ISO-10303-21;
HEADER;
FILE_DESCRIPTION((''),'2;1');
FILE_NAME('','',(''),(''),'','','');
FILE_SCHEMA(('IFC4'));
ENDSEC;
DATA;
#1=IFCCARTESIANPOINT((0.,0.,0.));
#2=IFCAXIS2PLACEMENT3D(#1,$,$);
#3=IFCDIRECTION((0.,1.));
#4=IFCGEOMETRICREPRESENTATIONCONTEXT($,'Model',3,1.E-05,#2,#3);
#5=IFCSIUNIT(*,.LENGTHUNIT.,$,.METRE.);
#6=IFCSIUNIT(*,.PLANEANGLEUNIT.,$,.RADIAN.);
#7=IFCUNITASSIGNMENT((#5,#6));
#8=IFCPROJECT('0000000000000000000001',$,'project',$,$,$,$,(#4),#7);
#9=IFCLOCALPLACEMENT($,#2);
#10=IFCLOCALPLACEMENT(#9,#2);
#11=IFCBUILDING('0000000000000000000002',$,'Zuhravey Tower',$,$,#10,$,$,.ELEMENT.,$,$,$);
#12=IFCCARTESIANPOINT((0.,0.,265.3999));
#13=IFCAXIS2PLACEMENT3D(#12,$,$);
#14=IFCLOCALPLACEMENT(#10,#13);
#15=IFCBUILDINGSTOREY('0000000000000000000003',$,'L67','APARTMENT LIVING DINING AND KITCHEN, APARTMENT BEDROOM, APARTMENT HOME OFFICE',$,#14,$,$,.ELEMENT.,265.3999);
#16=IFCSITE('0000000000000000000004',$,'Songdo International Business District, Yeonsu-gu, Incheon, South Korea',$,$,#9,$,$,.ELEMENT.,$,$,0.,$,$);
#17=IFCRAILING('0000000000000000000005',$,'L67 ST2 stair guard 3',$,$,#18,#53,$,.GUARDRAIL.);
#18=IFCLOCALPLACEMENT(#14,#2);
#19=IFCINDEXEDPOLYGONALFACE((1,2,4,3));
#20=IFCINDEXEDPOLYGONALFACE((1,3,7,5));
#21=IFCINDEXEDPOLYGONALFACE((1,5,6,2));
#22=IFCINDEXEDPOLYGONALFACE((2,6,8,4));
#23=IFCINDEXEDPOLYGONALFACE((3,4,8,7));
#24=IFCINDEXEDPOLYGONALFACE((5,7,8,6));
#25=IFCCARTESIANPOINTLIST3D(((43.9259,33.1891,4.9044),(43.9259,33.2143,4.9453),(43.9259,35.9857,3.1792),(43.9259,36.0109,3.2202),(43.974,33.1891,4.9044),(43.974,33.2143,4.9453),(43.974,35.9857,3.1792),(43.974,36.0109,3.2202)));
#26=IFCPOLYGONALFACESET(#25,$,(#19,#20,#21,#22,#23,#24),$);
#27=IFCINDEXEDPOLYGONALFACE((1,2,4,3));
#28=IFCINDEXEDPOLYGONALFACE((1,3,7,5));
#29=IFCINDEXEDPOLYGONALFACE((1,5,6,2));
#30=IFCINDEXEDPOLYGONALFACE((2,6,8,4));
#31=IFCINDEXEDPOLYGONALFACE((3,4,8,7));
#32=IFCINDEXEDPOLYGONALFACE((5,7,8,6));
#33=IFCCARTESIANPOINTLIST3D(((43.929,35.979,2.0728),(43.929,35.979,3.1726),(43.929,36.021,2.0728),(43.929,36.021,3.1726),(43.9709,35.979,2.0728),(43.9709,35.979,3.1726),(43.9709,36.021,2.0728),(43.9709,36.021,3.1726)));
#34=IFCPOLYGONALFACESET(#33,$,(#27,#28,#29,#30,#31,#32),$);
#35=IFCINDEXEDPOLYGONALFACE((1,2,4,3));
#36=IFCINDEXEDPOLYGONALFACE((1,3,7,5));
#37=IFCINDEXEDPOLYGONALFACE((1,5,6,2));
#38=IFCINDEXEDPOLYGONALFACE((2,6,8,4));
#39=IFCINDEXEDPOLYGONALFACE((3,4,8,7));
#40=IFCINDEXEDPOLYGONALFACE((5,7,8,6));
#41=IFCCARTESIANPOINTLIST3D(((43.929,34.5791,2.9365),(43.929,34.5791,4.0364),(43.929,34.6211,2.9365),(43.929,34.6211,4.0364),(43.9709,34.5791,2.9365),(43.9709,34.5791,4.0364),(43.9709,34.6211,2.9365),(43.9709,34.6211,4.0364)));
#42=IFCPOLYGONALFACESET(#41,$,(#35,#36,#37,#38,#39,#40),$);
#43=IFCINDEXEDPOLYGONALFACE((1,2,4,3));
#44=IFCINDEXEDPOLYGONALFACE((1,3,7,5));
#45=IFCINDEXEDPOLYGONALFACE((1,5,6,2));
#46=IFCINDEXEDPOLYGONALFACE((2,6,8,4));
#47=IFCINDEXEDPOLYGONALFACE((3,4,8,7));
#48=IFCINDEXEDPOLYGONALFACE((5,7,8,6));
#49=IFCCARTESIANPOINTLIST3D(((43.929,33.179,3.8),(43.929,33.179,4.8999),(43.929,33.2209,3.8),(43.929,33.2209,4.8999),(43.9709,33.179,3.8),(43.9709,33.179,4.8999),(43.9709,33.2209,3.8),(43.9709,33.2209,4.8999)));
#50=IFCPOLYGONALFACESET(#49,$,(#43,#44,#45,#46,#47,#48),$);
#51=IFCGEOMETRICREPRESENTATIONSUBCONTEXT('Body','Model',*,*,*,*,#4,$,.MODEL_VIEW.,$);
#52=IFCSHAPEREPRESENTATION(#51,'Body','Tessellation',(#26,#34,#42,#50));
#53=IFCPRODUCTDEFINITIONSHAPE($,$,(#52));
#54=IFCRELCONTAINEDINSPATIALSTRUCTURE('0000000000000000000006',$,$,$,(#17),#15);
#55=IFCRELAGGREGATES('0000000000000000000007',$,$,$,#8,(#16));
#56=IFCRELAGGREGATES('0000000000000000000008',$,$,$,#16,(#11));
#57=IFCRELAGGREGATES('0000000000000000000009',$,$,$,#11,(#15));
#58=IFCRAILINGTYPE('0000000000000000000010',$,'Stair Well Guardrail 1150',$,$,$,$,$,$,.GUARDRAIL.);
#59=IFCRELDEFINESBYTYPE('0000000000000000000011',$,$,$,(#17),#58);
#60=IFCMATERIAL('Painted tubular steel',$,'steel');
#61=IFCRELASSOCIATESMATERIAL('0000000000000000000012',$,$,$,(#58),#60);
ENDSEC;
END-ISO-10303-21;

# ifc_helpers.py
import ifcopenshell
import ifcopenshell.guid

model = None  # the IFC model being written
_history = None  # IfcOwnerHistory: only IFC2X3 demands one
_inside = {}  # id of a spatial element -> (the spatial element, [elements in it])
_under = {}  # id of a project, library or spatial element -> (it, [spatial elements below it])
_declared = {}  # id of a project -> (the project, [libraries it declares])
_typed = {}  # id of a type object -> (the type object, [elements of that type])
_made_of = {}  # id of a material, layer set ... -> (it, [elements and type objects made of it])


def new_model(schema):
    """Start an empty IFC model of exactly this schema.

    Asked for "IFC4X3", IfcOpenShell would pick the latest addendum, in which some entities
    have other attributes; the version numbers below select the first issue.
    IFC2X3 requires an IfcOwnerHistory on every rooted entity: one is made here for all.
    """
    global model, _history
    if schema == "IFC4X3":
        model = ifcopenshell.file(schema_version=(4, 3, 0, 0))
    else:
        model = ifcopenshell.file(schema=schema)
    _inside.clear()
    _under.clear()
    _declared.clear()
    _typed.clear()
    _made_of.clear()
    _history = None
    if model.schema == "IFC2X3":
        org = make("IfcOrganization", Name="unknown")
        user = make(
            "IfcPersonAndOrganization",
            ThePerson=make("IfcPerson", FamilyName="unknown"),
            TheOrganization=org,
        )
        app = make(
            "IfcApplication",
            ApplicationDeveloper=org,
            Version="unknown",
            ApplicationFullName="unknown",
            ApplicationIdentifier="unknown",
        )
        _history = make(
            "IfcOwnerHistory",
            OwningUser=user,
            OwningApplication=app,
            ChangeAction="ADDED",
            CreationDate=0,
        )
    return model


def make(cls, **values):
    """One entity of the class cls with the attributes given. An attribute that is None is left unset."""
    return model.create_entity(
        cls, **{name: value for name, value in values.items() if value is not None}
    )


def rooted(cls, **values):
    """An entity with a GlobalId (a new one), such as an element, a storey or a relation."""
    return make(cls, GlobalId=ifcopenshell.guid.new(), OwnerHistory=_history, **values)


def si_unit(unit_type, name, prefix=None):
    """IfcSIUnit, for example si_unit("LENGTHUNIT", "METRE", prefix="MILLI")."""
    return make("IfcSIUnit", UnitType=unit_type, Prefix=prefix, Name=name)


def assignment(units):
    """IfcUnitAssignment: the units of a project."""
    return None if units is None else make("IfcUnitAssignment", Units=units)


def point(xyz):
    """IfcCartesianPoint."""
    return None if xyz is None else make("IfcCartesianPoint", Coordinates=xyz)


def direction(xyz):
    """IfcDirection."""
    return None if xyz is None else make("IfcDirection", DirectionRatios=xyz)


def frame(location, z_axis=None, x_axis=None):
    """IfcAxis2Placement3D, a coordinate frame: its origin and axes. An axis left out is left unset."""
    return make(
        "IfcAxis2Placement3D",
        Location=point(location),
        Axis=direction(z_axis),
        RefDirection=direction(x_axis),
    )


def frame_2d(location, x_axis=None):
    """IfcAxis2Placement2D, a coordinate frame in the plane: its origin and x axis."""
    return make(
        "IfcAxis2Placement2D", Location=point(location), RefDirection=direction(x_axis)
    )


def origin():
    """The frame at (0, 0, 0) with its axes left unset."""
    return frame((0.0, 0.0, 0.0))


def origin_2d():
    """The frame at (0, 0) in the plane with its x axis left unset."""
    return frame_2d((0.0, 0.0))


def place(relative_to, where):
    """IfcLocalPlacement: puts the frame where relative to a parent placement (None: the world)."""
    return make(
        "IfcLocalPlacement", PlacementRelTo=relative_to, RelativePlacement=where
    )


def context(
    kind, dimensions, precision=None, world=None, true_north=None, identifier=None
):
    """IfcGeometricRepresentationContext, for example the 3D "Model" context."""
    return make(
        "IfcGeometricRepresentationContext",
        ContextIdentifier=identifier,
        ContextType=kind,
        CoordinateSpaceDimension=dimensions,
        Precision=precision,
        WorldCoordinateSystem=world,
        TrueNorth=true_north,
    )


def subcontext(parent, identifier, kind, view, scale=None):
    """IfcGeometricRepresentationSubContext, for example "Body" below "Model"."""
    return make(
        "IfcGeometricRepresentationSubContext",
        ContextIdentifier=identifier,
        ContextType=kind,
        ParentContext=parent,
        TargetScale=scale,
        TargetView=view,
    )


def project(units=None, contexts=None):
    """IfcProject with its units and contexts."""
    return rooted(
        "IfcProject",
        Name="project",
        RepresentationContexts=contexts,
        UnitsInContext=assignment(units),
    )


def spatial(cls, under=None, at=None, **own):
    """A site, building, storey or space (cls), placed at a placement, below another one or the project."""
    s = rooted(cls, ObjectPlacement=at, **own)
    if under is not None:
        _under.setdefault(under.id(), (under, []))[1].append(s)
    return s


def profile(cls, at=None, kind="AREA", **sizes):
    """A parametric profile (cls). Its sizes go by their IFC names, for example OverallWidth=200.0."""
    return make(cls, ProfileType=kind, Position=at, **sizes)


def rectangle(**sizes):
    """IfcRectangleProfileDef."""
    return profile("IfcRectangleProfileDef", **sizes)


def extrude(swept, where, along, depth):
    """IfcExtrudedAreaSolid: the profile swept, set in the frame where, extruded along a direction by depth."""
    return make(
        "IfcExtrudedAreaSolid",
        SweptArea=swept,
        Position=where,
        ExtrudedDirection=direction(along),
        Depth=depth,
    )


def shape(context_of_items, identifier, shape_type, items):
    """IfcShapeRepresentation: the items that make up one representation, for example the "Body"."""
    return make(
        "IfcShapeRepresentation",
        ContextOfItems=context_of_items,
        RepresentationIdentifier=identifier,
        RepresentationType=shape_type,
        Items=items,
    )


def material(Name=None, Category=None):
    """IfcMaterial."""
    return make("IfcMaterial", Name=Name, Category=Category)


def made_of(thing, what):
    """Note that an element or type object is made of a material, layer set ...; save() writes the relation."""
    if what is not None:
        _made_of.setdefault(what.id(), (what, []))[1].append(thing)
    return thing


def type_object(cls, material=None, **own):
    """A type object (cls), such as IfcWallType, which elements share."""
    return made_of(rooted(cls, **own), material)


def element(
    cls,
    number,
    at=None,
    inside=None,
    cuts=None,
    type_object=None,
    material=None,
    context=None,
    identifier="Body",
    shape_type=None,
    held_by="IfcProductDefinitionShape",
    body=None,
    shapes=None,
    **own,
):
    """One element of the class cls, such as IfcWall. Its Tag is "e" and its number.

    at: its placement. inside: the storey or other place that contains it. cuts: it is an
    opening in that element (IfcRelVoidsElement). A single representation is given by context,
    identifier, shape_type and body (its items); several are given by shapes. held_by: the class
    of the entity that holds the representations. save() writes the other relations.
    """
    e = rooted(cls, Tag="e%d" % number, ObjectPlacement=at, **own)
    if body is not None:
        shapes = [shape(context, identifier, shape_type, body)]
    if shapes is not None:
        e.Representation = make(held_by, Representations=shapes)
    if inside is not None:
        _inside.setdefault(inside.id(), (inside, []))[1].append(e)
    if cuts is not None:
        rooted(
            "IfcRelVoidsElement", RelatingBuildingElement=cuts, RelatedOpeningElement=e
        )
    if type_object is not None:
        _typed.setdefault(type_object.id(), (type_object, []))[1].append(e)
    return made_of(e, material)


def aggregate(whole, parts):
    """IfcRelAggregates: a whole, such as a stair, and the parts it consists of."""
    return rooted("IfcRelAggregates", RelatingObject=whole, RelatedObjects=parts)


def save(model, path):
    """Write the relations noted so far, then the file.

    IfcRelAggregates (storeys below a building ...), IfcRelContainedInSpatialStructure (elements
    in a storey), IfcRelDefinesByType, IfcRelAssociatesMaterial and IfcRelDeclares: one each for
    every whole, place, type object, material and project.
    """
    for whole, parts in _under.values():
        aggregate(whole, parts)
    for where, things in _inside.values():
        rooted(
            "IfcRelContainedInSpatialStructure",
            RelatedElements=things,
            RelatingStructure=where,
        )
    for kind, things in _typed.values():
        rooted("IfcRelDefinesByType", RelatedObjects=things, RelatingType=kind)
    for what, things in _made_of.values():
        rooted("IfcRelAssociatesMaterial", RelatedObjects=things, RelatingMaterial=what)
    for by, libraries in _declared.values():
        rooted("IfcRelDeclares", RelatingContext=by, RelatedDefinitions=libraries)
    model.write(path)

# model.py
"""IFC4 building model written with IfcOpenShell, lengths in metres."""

from ifc_helpers import new_model, si_unit, direction, frame, origin, origin_2d, place, context, subcontext, project, spatial, rectangle, extrude, material, type_object, element, save


model = new_model("IFC4")

# Units and contexts
model_context = context("Model", 3, precision=1e-05, world=origin(), true_north=direction((0.0, 1.0)))
body_context = subcontext(model_context, "Body", "Model", "MODEL_VIEW")
ifc_project = project(units=[si_unit("LENGTHUNIT", "METRE"), si_unit("PLANEANGLEUNIT", "RADIAN")], contexts=[model_context])

# Site, building, storey
site_placement = place(None, origin())
site = spatial("IfcSite", under=ifc_project, at=site_placement, Name="Songdo International Business District, Yeonsu-gu, Incheon, South Korea", CompositionType="ELEMENT", RefElevation=0.0)
building_placement = place(site_placement, origin())
building = spatial("IfcBuilding", under=site, at=building_placement, Name="Zuhravey Tower", CompositionType="ELEMENT")
storey_placement = place(building_placement, frame((0.0, 0.0, 265.3999)))
storey = spatial("IfcBuildingStorey", under=building, at=storey_placement, Name="L67", Description="APARTMENT LIVING DINING AND KITCHEN, APARTMENT BEDROOM, APARTMENT HOME OFFICE", CompositionType="ELEMENT", Elevation=265.3999)

# Railing
ifc_material_1 = material(Name="Painted tubular steel", Category="steel")
railing_type_1 = type_object("IfcRailingType", Name="Stair Well Guardrail 1150", PredefinedType="GUARDRAIL", material=ifc_material_1)
railing_1_placement = place(storey_placement, frame((43.95, 36.0, 2.0728)))
element("IfcRailing", 1, at=railing_1_placement, inside=storey, type_object=railing_type_1, Name="L67 ST2 stair guard 3", PredefinedType="GUARDRAIL", context=body_context, shape_type="SweptSolid", body=[
    extrude(rectangle(XDim=0.0481, YDim=0.0481, at=origin_2d()), frame((0.0, -0.0017, 1.127), z_axis=(0.0, -0.85109, 0.52502), x_axis=(1.0, 0.0, 0.0)), (0.0, 0.0, 1.0), 3.2859),
    extrude(rectangle(XDim=0.042, YDim=0.042, at=origin_2d()), origin(), (0.0, 0.0, 1.0), 1.0999),
    extrude(rectangle(XDim=0.042, YDim=0.042, at=origin_2d()), frame((0.0, -1.3999, 0.8638)), (0.0, 0.0, 1.0), 1.0999),
    extrude(rectangle(XDim=0.042, YDim=0.042, at=origin_2d()), frame((0.0, -2.8, 1.7273)), (0.0, 0.0, 1.0), 1.0999),
])

save(model, "model.ifc")
